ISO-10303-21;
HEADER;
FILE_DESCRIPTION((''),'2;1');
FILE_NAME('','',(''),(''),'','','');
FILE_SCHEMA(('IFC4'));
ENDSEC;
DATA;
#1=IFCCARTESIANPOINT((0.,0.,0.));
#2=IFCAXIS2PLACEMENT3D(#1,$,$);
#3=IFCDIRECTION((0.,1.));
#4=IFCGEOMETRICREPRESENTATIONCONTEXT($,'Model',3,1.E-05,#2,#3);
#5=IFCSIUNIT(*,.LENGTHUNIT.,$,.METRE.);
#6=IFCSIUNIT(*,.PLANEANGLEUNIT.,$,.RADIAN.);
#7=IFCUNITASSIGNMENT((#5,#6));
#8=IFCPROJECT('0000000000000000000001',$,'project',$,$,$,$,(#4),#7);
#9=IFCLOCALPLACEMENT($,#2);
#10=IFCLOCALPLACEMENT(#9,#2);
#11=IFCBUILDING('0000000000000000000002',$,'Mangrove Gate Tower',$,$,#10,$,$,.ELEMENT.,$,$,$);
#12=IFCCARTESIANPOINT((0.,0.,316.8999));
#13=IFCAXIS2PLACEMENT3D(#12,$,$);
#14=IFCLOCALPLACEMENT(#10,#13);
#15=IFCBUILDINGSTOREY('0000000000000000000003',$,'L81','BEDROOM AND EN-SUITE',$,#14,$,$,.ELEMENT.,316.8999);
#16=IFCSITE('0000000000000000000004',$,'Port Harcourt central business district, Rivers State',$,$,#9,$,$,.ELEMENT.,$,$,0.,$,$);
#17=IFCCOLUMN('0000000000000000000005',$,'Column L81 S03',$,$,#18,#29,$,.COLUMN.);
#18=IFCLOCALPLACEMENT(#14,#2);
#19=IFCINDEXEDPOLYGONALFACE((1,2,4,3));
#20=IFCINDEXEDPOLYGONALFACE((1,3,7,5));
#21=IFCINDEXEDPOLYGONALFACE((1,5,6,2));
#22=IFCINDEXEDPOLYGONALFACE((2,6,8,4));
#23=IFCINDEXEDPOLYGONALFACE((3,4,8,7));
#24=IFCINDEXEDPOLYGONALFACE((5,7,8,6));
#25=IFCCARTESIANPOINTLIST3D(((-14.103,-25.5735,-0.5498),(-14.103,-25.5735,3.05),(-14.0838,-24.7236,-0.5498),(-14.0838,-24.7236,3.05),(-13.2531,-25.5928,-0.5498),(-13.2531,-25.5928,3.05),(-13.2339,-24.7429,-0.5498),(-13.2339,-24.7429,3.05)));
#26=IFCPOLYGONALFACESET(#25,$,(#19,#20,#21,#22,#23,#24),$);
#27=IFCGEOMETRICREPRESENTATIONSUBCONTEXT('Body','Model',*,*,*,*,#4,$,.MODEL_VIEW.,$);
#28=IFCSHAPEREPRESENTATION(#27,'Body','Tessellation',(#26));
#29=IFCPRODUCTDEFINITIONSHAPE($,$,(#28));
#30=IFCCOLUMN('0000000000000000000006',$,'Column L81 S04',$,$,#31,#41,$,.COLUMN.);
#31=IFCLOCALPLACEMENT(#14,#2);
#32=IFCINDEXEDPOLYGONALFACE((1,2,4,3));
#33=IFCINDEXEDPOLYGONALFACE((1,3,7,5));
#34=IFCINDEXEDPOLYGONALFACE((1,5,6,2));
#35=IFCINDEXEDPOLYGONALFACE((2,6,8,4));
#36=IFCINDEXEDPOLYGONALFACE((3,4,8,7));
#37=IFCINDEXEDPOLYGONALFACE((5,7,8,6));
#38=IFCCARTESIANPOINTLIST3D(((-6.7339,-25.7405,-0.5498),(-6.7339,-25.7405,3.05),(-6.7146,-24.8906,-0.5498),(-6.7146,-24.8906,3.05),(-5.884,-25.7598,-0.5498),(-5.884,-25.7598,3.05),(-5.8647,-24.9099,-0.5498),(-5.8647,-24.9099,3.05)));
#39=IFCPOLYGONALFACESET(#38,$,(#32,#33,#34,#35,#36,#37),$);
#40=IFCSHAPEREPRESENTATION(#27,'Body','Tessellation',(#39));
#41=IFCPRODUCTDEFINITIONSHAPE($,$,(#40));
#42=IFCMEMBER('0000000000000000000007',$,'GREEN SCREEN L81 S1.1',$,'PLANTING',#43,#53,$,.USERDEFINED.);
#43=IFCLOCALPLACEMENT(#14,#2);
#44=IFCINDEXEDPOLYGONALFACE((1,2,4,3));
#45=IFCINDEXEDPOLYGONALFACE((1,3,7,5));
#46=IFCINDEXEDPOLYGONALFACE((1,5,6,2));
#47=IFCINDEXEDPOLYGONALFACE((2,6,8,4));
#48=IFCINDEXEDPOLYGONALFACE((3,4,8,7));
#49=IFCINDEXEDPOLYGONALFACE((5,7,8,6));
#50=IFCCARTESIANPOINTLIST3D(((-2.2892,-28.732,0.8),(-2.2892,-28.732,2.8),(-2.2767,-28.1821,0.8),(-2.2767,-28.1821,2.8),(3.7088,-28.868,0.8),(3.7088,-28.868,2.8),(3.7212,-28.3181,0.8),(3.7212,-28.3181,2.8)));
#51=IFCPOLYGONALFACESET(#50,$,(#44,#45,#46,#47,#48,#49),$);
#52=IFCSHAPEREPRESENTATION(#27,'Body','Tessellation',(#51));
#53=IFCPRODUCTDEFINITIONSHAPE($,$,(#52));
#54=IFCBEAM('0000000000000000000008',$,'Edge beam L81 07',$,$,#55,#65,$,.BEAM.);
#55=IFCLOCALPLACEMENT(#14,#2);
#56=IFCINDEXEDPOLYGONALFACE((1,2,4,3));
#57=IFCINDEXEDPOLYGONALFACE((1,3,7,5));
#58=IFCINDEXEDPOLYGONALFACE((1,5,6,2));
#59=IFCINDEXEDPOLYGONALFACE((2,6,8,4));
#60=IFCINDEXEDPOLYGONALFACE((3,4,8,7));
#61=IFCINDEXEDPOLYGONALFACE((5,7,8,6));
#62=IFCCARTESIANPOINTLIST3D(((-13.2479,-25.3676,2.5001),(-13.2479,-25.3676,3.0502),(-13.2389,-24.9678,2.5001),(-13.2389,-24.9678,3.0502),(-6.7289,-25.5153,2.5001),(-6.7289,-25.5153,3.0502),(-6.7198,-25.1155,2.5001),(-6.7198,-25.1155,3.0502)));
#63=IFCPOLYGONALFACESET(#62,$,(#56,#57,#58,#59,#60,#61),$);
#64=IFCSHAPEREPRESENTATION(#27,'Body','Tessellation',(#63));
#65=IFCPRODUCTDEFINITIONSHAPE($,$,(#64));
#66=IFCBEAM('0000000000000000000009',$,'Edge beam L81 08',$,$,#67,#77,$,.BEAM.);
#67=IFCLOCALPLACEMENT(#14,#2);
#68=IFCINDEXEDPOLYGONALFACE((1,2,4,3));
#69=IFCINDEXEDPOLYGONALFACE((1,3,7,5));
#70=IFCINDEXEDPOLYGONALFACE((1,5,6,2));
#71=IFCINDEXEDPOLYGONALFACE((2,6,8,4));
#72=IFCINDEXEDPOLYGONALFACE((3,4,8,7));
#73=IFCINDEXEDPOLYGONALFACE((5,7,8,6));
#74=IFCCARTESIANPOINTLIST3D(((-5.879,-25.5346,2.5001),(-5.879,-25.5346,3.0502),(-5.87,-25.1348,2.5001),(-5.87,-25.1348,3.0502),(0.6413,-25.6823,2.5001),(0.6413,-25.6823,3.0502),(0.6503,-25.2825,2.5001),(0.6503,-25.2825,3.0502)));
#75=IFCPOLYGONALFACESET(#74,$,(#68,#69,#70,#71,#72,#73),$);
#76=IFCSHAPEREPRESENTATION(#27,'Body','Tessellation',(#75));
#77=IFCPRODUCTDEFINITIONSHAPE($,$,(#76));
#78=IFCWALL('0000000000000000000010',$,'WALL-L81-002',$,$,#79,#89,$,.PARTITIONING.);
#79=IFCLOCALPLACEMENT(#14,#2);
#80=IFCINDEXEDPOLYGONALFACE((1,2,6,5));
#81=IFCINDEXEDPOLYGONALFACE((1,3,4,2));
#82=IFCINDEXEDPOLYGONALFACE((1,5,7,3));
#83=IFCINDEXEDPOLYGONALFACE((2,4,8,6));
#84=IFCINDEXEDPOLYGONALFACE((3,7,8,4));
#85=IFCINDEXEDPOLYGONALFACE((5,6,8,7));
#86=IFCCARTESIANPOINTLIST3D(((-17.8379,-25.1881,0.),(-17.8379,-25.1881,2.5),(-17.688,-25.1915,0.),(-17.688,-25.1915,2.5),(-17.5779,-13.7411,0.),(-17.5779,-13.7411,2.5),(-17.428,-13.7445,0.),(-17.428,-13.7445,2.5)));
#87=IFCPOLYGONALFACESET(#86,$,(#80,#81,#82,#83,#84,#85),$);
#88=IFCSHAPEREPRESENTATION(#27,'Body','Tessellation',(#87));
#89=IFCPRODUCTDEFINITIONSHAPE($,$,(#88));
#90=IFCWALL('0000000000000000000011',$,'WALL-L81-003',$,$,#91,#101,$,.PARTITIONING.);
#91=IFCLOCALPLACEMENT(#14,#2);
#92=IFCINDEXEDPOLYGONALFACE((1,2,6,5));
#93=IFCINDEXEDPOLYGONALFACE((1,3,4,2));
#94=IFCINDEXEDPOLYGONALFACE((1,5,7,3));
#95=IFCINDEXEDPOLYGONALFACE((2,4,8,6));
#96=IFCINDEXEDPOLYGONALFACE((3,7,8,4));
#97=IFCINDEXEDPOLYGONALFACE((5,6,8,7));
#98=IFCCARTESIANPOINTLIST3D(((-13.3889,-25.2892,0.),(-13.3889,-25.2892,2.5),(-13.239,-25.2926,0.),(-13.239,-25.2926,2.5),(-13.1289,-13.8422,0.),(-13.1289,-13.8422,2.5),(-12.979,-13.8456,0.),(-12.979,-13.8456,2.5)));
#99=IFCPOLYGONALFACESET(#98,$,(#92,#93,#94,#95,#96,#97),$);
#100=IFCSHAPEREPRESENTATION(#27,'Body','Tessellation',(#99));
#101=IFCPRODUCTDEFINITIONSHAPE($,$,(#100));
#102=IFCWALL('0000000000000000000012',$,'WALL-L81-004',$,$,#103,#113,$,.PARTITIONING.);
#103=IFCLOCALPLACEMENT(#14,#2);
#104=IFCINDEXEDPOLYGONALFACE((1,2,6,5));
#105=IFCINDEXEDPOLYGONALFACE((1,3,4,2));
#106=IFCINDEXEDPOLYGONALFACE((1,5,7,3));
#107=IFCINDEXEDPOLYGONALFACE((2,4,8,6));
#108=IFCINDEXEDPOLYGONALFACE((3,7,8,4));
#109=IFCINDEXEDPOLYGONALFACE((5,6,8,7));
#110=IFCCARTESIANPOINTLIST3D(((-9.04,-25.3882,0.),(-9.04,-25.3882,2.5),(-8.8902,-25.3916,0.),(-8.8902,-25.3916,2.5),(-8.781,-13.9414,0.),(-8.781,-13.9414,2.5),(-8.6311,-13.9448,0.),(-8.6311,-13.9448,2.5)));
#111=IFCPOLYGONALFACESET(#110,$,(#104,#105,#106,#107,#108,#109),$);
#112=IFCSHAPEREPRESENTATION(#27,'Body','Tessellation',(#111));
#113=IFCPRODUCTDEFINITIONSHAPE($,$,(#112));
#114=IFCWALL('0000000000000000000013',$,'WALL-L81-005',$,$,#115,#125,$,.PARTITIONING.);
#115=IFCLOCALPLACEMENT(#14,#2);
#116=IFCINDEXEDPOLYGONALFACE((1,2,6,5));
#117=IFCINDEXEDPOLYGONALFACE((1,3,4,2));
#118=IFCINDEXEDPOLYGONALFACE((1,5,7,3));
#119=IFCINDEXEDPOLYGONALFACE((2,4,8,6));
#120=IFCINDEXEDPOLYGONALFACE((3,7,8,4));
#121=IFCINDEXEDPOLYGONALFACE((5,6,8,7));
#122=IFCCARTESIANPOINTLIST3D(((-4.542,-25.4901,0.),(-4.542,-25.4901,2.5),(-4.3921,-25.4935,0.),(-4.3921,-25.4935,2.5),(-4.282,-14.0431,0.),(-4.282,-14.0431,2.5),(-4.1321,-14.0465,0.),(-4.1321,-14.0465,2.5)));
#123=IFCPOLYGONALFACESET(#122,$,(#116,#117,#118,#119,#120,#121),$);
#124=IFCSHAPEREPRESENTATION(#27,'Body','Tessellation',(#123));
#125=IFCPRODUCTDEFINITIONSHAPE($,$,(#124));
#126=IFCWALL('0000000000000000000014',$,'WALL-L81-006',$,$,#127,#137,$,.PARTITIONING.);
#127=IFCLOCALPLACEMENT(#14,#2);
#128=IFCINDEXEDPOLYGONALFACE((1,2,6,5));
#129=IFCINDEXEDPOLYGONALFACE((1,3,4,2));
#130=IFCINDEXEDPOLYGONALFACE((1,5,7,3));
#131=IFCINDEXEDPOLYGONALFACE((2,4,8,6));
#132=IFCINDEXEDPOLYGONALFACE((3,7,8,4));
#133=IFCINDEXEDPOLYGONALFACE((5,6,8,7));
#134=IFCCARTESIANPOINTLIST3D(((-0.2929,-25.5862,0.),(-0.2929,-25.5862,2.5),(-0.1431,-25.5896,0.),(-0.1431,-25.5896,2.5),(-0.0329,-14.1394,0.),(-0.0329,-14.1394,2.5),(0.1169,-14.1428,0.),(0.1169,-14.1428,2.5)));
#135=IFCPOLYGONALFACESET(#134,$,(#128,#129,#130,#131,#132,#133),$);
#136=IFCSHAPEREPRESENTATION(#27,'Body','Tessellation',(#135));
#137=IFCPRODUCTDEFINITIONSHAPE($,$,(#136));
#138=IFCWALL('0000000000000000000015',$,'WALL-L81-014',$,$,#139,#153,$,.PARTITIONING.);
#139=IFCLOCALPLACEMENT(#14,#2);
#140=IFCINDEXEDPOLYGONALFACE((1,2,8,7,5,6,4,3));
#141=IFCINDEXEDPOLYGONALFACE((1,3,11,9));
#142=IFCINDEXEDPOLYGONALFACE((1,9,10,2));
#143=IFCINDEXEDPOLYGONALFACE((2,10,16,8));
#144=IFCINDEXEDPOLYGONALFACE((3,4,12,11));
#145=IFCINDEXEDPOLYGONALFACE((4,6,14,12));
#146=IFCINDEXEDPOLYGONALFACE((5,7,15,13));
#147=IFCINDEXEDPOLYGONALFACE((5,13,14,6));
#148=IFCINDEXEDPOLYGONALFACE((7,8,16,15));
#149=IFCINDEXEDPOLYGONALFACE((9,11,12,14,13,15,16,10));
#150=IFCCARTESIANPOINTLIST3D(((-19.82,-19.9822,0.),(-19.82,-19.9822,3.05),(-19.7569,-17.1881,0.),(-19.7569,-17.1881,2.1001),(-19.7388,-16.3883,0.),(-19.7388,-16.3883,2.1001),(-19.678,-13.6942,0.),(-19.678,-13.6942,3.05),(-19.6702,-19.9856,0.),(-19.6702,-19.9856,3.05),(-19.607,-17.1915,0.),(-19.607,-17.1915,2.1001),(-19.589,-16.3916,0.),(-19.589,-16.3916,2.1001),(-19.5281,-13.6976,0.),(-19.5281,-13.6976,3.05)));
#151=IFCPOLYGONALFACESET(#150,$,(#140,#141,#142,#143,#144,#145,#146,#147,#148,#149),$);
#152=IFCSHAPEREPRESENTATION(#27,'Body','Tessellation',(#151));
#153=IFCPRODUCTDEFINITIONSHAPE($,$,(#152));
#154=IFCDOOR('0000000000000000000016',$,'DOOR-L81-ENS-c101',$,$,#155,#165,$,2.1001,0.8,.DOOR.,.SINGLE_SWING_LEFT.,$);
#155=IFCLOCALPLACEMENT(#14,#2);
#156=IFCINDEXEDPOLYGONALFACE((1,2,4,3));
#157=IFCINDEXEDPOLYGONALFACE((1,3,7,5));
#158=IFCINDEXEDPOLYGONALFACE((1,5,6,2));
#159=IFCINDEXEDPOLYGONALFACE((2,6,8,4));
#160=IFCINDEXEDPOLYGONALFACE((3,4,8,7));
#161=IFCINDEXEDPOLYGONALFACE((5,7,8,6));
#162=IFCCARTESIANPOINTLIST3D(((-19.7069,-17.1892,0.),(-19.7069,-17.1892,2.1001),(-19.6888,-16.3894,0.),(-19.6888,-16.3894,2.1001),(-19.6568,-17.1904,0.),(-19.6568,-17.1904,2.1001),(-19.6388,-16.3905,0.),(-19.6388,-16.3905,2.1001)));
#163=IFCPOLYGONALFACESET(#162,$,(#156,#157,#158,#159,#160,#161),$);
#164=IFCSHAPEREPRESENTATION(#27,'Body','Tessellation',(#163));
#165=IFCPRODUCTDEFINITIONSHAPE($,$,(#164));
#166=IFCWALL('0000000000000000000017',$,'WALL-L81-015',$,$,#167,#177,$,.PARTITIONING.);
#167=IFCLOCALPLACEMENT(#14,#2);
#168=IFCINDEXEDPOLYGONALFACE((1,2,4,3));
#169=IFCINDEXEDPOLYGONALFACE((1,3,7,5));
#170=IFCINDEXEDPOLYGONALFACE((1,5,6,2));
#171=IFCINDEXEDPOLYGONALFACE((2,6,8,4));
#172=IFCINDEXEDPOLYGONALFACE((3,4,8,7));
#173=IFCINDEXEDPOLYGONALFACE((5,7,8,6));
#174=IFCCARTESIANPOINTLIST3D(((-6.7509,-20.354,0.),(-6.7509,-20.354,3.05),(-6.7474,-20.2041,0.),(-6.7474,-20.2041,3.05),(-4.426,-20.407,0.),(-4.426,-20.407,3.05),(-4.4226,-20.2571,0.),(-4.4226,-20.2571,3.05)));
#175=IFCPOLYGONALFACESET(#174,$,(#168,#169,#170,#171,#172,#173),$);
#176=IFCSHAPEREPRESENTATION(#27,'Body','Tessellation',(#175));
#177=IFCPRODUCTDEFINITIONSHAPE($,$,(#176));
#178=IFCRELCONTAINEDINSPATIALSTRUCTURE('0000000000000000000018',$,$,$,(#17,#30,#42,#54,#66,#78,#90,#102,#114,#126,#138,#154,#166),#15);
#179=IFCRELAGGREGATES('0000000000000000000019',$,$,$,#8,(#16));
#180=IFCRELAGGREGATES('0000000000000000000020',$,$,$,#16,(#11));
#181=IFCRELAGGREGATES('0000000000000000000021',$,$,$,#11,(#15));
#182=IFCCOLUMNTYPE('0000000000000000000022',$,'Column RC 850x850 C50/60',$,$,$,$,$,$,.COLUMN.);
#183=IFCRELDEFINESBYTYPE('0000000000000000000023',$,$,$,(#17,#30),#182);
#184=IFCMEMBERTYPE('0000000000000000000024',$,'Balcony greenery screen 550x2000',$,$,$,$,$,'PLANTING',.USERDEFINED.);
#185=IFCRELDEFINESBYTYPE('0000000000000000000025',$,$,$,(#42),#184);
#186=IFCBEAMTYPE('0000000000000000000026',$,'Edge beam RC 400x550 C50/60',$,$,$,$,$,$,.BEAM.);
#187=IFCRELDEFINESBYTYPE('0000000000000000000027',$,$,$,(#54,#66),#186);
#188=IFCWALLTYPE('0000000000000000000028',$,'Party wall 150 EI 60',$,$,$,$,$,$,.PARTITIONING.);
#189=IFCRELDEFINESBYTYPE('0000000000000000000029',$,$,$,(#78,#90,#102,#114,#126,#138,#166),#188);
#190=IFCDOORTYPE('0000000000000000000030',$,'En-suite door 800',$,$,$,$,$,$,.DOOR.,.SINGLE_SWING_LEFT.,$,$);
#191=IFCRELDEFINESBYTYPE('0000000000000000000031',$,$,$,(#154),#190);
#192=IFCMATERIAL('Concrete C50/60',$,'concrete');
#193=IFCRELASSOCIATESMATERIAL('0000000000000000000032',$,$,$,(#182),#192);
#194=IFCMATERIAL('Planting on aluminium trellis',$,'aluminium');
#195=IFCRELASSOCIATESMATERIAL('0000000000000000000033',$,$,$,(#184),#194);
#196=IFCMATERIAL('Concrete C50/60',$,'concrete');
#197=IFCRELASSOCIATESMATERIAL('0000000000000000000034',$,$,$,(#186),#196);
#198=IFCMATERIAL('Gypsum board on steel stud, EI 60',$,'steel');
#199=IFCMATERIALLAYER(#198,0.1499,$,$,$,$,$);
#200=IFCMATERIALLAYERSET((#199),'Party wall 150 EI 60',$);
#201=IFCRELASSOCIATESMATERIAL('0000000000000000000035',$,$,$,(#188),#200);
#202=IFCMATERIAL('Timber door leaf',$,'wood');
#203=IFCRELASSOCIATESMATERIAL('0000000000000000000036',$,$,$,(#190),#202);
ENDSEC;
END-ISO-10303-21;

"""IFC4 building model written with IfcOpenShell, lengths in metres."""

from ifc_helpers import new_model, si_unit, direction, frame, frame_2d, origin, origin_2d, place, context, subcontext, project, spatial, rectangle, extrude, material, layer, layer_set, material_profile, profile_set, type_object, element, fill, save


model = new_model("IFC4")

# Units and contexts
model_context = context("Model", 3, precision=1e-05, world=origin(), true_north=direction((0.0, 1.0)))
body_context = subcontext(model_context, "Body", "Model", "MODEL_VIEW")
ifc_project = project(units=[si_unit("LENGTHUNIT", "METRE"), si_unit("PLANEANGLEUNIT", "RADIAN")], contexts=[model_context])

# Site, building, storey
site_placement = place(None, origin())
site = spatial("IfcSite", under=ifc_project, at=site_placement, Name="Port Harcourt central business district, Rivers State", CompositionType="ELEMENT", RefElevation=0.0)
building_placement = place(site_placement, origin())
building = spatial("IfcBuilding", under=site, at=building_placement, Name="Mangrove Gate Tower", CompositionType="ELEMENT")
storey_placement = place(building_placement, frame((0.0, 0.0, 316.8999)))
storey = spatial("IfcBuildingStorey", under=building, at=storey_placement, Name="L81", Description="BEDROOM AND EN-SUITE", CompositionType="ELEMENT", Elevation=316.8999)

# Columns
ifc_material_1 = material(Name="Concrete C50/60", Category="concrete")
ifc_material_profile_1 = material_profile(ifc_material_1, rectangle(XDim=0.8501, YDim=0.8501, at=origin_2d()))
ifc_profile_set_1 = profile_set([ifc_material_profile_1], Name="Concrete C50/60")
column_type = type_object("IfcColumnType", Name="Column RC 850x850 C50/60", PredefinedType="COLUMN", material=ifc_profile_set_1)
for number, where, z_axis, x_axis, name in (
    (1, (-13.6685, -25.1582, -0.5498), (0.0, 0.0, 1.0), (0.999743, -0.022655, 0.0), "Column L81 S03"),
    (2, (-6.2993, -25.3252, -0.5498), (0.0, 0.0, 1.0), (0.999743, -0.022655, 0.0), "Column L81 S04"),
):
    element("IfcColumn", number, at=place(storey_placement, frame(where, z_axis=z_axis, x_axis=x_axis)), inside=storey, type_object=column_type, Name=name, PredefinedType="COLUMN", context=body_context, shape_type="SweptSolid", body=[
        extrude(rectangle(XDim=0.8501, YDim=0.8501, at=origin_2d()), origin(), (0.0, 0.0, 1.0), 3.5999),
    ])

# Member
ifc_material_2 = material(Name="Planting on aluminium trellis", Category="aluminium")
ifc_material_profile_2 = material_profile(ifc_material_2, rectangle(XDim=0.55, YDim=2.0, at=origin_2d()))
ifc_profile_set_2 = profile_set([ifc_material_profile_2], Name="Planting on aluminium trellis")
member_type = type_object("IfcMemberType", Name="Balcony greenery screen 550x2000", ElementType="PLANTING", PredefinedType="USERDEFINED", material=ifc_profile_set_2)
member_placement = place(storey_placement, frame((-2.283, -28.457, 1.8), z_axis=(0.999743, -0.022666, 0.0), x_axis=(0.022666, 0.999743, 0.0)))
element("IfcMember", 3, at=member_placement, inside=storey, type_object=member_type, Name="GREEN SCREEN L81 S1.1", ObjectType="PLANTING", PredefinedType="USERDEFINED", context=body_context, shape_type="SweptSolid", body=[
    extrude(rectangle(XDim=0.55, YDim=2.0, at=origin_2d()), origin(), (0.0, 0.0, 1.0), 5.9995),
])

# Beams
ifc_material_3 = material(Name="Concrete C50/60", Category="concrete")
ifc_material_profile_3 = material_profile(ifc_material_3, rectangle(XDim=0.3999, YDim=0.55, at=origin_2d()))
ifc_profile_set_3 = profile_set([ifc_material_profile_3], Name="Concrete C50/60")
beam_type = type_object("IfcBeamType", Name="Edge beam RC 400x550 C50/60", PredefinedType="BEAM", material=ifc_profile_set_3)
beam_1_placement = place(storey_placement, frame((-13.2434, -25.1677, 2.7751), z_axis=(0.999743, -0.022652, 0.0), x_axis=(0.022652, 0.999743, 0.0)))
element("IfcBeam", 4, at=beam_1_placement, inside=storey, type_object=beam_type, Name="Edge beam L81 07", PredefinedType="BEAM", context=body_context, shape_type="SweptSolid", body=[
    extrude(rectangle(XDim=0.3999, YDim=0.55, at=origin_2d()), origin(), (0.0, 0.0, 1.0), 6.5208),
])
beam_2_placement = place(storey_placement, frame((-5.8745, -25.3347, 2.7751), z_axis=(0.999744, -0.022647, 0.0), x_axis=(0.022647, 0.999744, 0.0)))
element("IfcBeam", 5, at=beam_2_placement, inside=storey, type_object=beam_type, Name="Edge beam L81 08", PredefinedType="BEAM", context=body_context, shape_type="SweptSolid", body=[
    extrude(rectangle(XDim=0.3999, YDim=0.55, at=origin_2d()), origin(), (0.0, 0.0, 1.0), 6.522),
])

# Walls
ifc_material_4 = material(Name="Gypsum board on steel stud, EI 60", Category="steel")
ifc_layer_1 = layer(ifc_material_4, 0.1499)
ifc_layer_set_1 = layer_set([ifc_layer_1], Name="Party wall 150 EI 60")
wall_type_1 = type_object("IfcWallType", Name="Party wall 150 EI 60", PredefinedType="PARTITIONING", material=ifc_layer_set_1)
for number, where, z_axis, x_axis, name in (
    (6, (-17.7629, -25.1899, 0.0), (0.0, 0.0, 1.0), (0.022708, 0.999742, 0.0), "WALL-L81-002"),
    (7, (-13.314, -25.291, 0.0), (0.0, 0.0, 1.0), (0.022708, 0.999742, 0.0), "WALL-L81-003"),
):
    element("IfcWall", number, at=place(storey_placement, frame(where, z_axis=z_axis, x_axis=x_axis)), inside=storey, type_object=wall_type_1, Name=name, PredefinedType="PARTITIONING", context=body_context, shape_type="SweptSolid", body=[
        extrude(rectangle(XDim=11.45, YDim=0.1499, at=frame_2d((5.7251, 0.0))), origin(), (0.0, 0.0, 1.0), 2.5),
    ])
wall_1_placement = place(storey_placement, frame((-8.9651, -25.3899, 0.0), z_axis=(0.0, 0.0, 1.0), x_axis=(0.022624, 0.999744, 0.0)))
element("IfcWall", 8, at=wall_1_placement, inside=storey, type_object=wall_type_1, Name="WALL-L81-004", PredefinedType="PARTITIONING", context=body_context, shape_type="SweptSolid", body=[
    extrude(rectangle(XDim=11.4497, YDim=0.1499, at=frame_2d((5.7249, 0.0))), origin(), (0.0, 0.0, 1.0), 2.5),
])
wall_2_placement = place(storey_placement, frame((-4.467, -25.4919, 0.0), z_axis=(0.0, 0.0, 1.0), x_axis=(0.022708, 0.999742, 0.0)))
element("IfcWall", 9, at=wall_2_placement, inside=storey, type_object=wall_type_1, Name="WALL-L81-005", PredefinedType="PARTITIONING", context=body_context, shape_type="SweptSolid", body=[
    extrude(rectangle(XDim=11.45, YDim=0.1499, at=frame_2d((5.7251, 0.0))), origin(), (0.0, 0.0, 1.0), 2.5),
])
wall_3_placement = place(storey_placement, frame((-0.218, -25.5879, 0.0), z_axis=(0.0, 0.0, 1.0), x_axis=(0.022709, 0.999742, 0.0)))
element("IfcWall", 10, at=wall_3_placement, inside=storey, type_object=wall_type_1, Name="WALL-L81-006", PredefinedType="PARTITIONING", context=body_context, shape_type="SweptSolid", body=[
    extrude(rectangle(XDim=11.4497, YDim=0.1499, at=frame_2d((5.7249, 0.0))), origin(), (0.0, 0.0, 1.0), 2.5),
])

# Wall, opening, door
wall_4_placement = place(storey_placement, frame((-19.7451, -19.9839, 0.0), z_axis=(0.0, 0.0, 1.0), x_axis=(0.022592, 0.999745, 0.0)))
wall_4 = element("IfcWall", 11, at=wall_4_placement, inside=storey, type_object=wall_type_1, Name="WALL-L81-014", PredefinedType="PARTITIONING", context=body_context, shape_type="SweptSolid", body=[
    extrude(rectangle(XDim=6.2896, YDim=0.1499, at=frame_2d((3.1448, 0.0))), origin(), (0.0, 0.0, 1.0), 3.05),
])
opening_1_placement = place(wall_4_placement, frame((2.7949, 0.0, 0.0)))
opening_1 = element("IfcOpeningElement", 12, at=opening_1_placement, cuts=wall_4, PredefinedType="OPENING", context=body_context, shape_type="SweptSolid", body=[
    extrude(rectangle(XDim=0.8, YDim=2.1001, at=frame_2d((0.3999, 1.05))), frame((0.0, 0.085, 0.0), z_axis=(0.0, -1.0, 0.0), x_axis=(1.0, 0.0, 0.0)), (0.0, 0.0, 1.0), 0.1699),
])
ifc_material_5 = material(Name="Timber door leaf", Category="wood")
door_type = type_object("IfcDoorType", Name="En-suite door 800", OperationType="SINGLE_SWING_LEFT", PredefinedType="DOOR", material=ifc_material_5)
door_1_placement = place(opening_1_placement, origin())
door_1 = element("IfcDoor", 13, at=door_1_placement, inside=storey, type_object=door_type, Name="DOOR-L81-ENS-c101", OperationType="SINGLE_SWING_LEFT", OverallHeight=2.1001, OverallWidth=0.8, PredefinedType="DOOR", context=body_context, shape_type="SweptSolid", body=[
    extrude(rectangle(XDim=0.8, YDim=2.1001, at=frame_2d((0.3999, 1.05))), frame((0.0, 0.0249, 0.0), z_axis=(0.0, -1.0, 0.0), x_axis=(1.0, 0.0, 0.0)), (0.0, 0.0, 1.0), 0.05),
])
fill(opening_1, door_1)

# Wall
wall_5_placement = place(storey_placement, frame((-6.749, -20.2791, 0.0), z_axis=(0.0, 0.0, 1.0), x_axis=(0.99974, -0.022781, 0.0)))
element("IfcWall", 14, at=wall_5_placement, inside=storey, type_object=wall_type_1, Name="WALL-L81-015", PredefinedType="PARTITIONING", context=body_context, shape_type="SweptSolid", body=[
    extrude(rectangle(XDim=2.3254, YDim=0.1499, at=frame_2d((1.1626, 0.0))), origin(), (0.0, 0.0, 1.0), 3.05),
])

save(model, "model.ifc")
